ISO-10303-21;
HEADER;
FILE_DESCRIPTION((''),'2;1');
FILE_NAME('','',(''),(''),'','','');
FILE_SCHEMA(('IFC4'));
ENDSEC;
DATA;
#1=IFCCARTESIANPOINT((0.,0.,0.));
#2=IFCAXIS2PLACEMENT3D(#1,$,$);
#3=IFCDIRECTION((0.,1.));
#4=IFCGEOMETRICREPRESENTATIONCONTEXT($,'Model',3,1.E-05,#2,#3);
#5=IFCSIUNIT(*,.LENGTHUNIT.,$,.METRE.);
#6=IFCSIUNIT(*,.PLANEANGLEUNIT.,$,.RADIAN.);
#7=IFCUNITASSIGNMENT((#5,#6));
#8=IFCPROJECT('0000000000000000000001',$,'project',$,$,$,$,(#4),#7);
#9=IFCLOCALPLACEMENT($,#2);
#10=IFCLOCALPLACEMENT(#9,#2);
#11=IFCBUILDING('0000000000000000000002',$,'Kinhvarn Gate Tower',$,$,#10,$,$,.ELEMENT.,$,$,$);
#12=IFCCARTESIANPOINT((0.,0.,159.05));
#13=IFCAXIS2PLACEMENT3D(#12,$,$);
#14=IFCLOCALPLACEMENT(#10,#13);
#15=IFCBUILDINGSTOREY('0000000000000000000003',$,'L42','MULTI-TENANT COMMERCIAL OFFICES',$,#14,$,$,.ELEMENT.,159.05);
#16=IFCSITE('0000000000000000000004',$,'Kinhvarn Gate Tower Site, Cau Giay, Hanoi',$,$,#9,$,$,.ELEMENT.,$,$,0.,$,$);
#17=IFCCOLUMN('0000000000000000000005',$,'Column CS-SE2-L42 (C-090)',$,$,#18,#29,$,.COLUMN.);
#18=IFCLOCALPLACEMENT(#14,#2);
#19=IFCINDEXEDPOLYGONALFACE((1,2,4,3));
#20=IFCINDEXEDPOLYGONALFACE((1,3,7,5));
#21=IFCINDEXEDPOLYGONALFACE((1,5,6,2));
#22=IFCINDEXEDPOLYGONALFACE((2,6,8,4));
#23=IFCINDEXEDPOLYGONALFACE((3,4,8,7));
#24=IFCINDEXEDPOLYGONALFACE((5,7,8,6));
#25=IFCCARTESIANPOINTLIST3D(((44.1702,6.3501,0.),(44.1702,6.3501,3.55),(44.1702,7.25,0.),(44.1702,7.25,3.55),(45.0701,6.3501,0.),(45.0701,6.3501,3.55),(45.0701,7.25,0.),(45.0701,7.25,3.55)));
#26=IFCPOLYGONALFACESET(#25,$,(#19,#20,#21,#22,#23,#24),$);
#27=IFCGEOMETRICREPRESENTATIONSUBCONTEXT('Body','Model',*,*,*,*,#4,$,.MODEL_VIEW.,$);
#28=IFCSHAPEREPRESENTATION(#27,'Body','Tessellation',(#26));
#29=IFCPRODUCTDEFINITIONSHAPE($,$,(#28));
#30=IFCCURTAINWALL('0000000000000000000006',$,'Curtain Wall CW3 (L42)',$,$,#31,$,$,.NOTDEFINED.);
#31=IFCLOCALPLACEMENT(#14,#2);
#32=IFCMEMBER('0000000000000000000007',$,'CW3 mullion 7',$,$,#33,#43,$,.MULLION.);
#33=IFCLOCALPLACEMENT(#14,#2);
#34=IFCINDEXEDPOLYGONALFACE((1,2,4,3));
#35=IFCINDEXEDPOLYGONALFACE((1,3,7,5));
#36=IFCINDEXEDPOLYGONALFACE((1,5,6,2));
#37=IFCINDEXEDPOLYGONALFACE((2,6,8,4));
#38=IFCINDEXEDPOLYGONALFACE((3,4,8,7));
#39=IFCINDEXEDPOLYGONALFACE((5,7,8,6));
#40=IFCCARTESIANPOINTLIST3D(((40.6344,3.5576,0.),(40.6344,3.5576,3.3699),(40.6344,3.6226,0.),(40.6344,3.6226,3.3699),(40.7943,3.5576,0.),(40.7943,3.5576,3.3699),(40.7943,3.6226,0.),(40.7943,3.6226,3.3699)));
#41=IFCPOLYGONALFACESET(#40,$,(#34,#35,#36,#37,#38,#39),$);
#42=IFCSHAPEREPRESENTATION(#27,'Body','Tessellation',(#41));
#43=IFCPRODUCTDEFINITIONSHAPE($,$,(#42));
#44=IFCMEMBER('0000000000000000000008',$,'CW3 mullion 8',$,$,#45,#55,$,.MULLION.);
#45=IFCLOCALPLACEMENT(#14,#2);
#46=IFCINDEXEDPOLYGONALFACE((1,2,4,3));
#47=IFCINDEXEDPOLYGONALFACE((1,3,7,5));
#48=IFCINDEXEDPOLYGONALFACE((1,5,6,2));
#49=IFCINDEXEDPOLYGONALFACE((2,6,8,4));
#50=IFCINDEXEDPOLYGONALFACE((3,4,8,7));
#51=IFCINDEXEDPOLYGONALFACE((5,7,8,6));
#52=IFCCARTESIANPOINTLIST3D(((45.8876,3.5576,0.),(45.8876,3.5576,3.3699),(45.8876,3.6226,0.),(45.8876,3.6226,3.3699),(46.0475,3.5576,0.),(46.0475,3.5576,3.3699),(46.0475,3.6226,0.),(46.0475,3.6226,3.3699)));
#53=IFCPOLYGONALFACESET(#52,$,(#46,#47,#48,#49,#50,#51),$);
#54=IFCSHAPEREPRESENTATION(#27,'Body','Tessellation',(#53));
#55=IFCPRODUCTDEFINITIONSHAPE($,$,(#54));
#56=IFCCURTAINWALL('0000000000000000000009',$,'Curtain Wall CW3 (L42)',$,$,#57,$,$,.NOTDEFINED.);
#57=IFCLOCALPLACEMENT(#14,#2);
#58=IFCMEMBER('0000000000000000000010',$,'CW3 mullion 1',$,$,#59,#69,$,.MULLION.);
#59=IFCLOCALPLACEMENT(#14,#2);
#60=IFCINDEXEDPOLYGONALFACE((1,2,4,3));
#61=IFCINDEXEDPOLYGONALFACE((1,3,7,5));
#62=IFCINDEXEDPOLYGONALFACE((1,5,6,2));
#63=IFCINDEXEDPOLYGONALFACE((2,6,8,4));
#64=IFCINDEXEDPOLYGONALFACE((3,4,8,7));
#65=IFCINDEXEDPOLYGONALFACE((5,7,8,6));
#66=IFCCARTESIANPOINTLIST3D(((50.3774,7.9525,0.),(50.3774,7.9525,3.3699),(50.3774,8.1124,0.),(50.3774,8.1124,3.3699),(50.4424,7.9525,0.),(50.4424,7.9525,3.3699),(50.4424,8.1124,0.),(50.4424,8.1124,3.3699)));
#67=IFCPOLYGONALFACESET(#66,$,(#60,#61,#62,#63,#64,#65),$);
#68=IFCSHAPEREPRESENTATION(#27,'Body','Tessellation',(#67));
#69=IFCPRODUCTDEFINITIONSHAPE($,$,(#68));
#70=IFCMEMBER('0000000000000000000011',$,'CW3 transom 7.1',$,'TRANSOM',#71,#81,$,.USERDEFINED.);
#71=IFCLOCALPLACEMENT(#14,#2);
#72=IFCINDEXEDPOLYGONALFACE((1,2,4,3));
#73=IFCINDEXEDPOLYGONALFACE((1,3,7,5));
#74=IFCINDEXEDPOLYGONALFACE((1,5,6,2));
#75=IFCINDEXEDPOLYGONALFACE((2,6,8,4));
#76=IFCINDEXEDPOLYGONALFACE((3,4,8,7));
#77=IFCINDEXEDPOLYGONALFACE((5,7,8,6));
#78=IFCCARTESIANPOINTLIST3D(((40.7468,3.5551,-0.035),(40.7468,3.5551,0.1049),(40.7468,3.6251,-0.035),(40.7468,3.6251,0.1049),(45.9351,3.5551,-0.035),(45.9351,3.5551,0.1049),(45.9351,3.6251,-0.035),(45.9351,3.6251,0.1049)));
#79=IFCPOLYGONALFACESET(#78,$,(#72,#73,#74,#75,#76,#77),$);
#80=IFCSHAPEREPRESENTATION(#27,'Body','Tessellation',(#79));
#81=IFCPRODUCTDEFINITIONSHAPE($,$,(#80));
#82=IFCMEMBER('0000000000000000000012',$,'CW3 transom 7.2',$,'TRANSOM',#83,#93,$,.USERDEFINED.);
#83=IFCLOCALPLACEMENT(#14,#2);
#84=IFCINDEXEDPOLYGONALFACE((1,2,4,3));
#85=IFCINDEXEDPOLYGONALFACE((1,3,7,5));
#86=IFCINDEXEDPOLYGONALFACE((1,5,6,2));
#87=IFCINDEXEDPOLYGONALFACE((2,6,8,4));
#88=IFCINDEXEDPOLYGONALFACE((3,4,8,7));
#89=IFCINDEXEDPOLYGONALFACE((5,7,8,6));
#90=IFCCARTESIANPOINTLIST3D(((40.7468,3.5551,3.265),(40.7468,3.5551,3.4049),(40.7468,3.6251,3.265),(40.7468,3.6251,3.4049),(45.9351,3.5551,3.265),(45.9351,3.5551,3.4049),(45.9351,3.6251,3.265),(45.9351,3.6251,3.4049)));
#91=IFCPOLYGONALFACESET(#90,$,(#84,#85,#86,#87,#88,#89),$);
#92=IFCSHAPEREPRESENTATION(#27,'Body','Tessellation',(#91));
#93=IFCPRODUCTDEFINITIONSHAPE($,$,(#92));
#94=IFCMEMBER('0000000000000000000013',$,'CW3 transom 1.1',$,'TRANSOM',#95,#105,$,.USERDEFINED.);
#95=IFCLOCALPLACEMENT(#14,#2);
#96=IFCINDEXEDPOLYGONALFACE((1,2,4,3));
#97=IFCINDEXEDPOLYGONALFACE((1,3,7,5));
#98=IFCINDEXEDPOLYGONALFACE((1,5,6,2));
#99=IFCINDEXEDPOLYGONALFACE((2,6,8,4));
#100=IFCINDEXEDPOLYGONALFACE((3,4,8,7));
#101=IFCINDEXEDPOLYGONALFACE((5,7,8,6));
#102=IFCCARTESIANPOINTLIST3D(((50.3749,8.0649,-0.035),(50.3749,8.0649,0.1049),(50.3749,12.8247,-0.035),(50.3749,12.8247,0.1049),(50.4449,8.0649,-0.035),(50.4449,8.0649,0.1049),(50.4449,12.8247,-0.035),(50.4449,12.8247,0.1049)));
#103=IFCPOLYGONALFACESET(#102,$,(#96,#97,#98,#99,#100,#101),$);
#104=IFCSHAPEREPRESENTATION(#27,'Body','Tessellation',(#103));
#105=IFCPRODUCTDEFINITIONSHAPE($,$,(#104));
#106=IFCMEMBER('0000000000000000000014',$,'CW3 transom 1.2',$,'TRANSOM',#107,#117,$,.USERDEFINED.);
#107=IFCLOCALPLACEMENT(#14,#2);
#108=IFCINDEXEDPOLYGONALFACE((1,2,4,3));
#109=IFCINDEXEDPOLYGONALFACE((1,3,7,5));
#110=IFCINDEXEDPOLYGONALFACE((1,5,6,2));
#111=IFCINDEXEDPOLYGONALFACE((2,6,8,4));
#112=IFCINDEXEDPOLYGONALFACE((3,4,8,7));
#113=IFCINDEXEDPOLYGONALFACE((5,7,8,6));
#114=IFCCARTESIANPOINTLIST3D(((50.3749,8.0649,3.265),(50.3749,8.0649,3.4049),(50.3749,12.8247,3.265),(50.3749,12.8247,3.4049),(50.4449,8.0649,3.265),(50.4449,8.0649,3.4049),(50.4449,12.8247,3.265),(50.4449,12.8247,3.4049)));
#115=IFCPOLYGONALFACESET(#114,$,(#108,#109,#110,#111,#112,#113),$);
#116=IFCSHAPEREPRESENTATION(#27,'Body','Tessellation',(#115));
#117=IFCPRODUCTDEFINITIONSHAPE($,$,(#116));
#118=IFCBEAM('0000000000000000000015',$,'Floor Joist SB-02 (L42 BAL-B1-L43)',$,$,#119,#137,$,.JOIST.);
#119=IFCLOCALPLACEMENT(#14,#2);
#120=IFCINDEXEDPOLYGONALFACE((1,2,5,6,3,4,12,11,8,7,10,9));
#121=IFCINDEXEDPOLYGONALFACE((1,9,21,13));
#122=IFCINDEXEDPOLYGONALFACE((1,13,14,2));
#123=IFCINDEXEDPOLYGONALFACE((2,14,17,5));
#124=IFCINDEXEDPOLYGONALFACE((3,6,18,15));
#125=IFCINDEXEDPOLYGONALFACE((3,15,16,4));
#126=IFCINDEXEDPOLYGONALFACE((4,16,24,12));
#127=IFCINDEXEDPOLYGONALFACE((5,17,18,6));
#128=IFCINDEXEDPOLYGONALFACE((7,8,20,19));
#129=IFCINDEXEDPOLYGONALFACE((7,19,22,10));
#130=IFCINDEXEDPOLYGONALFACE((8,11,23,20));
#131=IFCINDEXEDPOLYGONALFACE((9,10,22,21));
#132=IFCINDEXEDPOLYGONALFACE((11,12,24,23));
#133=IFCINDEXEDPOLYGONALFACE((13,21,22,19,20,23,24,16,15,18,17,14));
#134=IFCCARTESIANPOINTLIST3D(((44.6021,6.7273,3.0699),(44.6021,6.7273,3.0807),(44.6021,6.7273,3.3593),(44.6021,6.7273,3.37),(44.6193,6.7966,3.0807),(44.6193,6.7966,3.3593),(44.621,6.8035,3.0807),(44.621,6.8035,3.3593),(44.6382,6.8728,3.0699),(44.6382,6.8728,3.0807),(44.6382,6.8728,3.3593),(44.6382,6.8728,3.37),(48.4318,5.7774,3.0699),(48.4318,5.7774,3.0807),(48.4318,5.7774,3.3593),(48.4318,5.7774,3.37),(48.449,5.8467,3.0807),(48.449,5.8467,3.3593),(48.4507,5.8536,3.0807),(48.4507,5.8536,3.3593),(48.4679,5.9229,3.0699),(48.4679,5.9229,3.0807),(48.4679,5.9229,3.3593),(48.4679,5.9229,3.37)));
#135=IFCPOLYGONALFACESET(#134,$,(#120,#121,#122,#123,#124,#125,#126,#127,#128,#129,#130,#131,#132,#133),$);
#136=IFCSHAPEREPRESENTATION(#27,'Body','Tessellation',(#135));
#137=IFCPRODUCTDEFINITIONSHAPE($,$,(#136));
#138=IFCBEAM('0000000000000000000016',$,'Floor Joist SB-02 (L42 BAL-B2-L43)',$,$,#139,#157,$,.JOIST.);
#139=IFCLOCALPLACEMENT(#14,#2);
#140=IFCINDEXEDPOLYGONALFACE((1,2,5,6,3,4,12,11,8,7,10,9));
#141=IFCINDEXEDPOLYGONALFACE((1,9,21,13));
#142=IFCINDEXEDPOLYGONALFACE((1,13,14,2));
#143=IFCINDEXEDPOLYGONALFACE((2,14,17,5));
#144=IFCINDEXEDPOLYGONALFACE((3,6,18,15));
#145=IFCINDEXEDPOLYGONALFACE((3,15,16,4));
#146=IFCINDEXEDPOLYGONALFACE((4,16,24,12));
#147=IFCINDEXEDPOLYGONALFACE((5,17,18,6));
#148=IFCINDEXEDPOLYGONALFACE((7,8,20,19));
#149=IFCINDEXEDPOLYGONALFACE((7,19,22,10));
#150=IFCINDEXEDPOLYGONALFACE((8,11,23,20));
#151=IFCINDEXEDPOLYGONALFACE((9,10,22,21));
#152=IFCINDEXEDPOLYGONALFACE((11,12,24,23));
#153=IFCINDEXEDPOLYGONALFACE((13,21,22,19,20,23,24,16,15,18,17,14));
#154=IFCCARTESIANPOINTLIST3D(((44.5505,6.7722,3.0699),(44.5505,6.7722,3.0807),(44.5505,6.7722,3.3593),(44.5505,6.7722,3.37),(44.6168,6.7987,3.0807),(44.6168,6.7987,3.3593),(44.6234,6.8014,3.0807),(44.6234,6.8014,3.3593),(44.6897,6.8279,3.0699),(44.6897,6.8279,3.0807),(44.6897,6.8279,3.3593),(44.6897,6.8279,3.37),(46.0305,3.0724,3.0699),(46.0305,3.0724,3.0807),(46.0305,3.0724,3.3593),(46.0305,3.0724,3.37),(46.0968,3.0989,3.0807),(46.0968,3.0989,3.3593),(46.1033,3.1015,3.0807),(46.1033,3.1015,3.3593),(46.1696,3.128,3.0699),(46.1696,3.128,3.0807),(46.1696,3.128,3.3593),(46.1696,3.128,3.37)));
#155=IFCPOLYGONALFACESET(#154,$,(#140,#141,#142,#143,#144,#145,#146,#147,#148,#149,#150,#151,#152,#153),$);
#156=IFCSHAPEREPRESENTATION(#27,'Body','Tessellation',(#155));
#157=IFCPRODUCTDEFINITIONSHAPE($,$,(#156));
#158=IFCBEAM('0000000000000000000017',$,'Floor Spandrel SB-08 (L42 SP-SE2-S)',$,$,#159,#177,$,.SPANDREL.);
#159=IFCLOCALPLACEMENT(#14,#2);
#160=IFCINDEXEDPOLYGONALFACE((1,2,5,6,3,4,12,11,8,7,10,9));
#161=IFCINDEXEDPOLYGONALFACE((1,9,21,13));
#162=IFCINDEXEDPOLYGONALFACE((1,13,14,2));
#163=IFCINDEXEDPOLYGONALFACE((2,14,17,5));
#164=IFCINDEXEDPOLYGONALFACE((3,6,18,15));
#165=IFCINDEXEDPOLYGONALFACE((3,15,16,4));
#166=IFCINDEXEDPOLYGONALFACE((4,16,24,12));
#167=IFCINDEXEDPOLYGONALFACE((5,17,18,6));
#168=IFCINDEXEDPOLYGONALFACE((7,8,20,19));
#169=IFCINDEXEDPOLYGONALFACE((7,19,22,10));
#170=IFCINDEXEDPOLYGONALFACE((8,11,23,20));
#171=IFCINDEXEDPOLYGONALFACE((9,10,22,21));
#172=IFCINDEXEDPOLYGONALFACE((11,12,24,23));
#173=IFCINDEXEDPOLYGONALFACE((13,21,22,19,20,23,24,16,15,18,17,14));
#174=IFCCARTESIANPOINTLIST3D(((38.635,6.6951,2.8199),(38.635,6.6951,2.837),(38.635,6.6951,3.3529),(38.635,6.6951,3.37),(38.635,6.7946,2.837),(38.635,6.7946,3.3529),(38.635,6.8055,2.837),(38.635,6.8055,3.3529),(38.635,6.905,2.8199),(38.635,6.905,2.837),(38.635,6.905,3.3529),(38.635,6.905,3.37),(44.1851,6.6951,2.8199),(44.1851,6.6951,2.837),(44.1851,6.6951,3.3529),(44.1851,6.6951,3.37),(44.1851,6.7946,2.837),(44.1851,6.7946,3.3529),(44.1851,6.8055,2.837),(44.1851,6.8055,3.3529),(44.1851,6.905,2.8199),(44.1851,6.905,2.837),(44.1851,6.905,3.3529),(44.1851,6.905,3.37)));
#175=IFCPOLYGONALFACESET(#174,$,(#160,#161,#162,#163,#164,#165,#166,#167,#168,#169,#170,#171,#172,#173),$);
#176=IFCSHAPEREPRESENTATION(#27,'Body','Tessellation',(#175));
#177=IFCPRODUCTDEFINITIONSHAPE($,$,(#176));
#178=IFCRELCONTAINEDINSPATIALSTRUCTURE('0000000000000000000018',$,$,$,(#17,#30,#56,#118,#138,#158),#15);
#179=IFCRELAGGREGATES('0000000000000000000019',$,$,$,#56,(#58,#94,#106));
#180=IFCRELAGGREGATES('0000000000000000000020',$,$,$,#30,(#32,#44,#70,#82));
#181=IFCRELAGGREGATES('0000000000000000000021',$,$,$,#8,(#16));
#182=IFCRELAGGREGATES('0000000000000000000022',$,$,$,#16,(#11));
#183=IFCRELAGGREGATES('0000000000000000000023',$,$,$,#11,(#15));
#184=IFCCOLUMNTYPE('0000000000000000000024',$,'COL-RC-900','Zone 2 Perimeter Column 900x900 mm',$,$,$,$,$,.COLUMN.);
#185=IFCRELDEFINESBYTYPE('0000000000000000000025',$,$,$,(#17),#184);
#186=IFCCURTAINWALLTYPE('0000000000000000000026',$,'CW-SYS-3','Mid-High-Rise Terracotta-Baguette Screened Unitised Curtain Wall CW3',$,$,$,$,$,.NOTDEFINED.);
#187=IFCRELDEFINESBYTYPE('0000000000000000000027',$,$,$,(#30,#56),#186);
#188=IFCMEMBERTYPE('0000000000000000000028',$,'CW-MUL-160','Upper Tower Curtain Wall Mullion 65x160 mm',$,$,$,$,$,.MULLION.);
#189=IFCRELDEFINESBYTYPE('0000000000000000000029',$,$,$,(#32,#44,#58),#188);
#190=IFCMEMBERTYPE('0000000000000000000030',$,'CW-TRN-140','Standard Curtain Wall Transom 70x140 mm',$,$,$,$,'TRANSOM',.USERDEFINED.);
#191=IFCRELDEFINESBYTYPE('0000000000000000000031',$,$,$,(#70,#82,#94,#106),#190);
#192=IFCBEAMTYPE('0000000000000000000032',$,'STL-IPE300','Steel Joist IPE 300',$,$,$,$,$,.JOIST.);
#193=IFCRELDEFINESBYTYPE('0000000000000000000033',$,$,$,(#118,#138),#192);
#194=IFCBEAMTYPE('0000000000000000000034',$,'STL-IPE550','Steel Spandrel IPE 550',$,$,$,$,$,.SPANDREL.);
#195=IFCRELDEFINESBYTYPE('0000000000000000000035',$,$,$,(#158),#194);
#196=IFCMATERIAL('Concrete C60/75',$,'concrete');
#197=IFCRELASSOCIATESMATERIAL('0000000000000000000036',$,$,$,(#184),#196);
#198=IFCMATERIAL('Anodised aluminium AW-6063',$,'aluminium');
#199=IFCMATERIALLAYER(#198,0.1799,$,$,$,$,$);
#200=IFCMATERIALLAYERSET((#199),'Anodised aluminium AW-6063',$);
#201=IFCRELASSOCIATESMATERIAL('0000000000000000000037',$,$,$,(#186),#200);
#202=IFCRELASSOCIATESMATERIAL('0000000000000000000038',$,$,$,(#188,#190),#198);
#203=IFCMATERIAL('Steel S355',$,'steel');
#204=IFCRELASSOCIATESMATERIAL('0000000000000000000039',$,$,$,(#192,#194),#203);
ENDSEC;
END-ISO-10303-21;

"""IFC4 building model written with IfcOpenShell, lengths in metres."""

from ifc_helpers import new_model, si_unit, direction, frame, origin, origin_2d, place, context, subcontext, project, spatial, rectangle, i_section, extrude, material, layer, layer_set, material_profile, profile_set, type_object, element, aggregate, save


model = new_model("IFC4")

# Units and contexts
model_context = context("Model", 3, precision=1e-05, world=origin(), true_north=direction((0.0, 1.0)))
body_context = subcontext(model_context, "Body", "Model", "MODEL_VIEW")
ifc_project = project(units=[si_unit("LENGTHUNIT", "METRE"), si_unit("PLANEANGLEUNIT", "RADIAN")], contexts=[model_context])

# Site, building, storey
site_placement = place(None, origin())
site = spatial("IfcSite", under=ifc_project, at=site_placement, Name="Kinhvarn Gate Tower Site, Cau Giay, Hanoi", CompositionType="ELEMENT", RefElevation=0.0)
building_placement = place(site_placement, origin())
building = spatial("IfcBuilding", under=site, at=building_placement, Name="Kinhvarn Gate Tower", CompositionType="ELEMENT")
storey_placement = place(building_placement, frame((0.0, 0.0, 159.05)))
storey = spatial("IfcBuildingStorey", under=building, at=storey_placement, Name="L42", Description="MULTI-TENANT COMMERCIAL OFFICES", CompositionType="ELEMENT", Elevation=159.05)

# Column
ifc_material_1 = material(Name="Concrete C60/75", Category="concrete")
ifc_material_profile_1 = material_profile(ifc_material_1, rectangle(XDim=0.8999, YDim=0.8999, at=origin_2d()), Name="RC 900x900")
ifc_profile_set_1 = profile_set([ifc_material_profile_1], Name="Concrete C60/75")
column_type = type_object("IfcColumnType", Name="COL-RC-900", Description="Zone 2 Perimeter Column 900x900 mm", PredefinedType="COLUMN", material=ifc_profile_set_1)
column_placement = place(storey_placement, frame((44.6201, 6.8, 0.0), z_axis=(0.0, 0.0, 1.0), x_axis=(1.0, 0.0, 0.0)))
element("IfcColumn", 1, at=column_placement, inside=storey, type_object=column_type, Name="Column CS-SE2-L42 (C-090)", PredefinedType="COLUMN", context=body_context, shape_type="SweptSolid", body=[
    extrude(rectangle(XDim=0.8999, YDim=0.8999, at=origin_2d()), origin(), (0.0, 0.0, 1.0), 3.55),
])

# Curtain wall, members
ifc_material_2 = material(Name="Anodised aluminium AW-6063", Category="aluminium")
ifc_layer_1 = layer(ifc_material_2, 0.1799)
ifc_layer_set_1 = layer_set([ifc_layer_1], Name="Anodised aluminium AW-6063")
curtain_wall_type = type_object("IfcCurtainWallType", Name="CW-SYS-3", Description="Mid-High-Rise Terracotta-Baguette Screened Unitised Curtain Wall CW3", PredefinedType="NOTDEFINED", material=ifc_layer_set_1)
curtain_wall_1_placement = place(storey_placement, origin())
curtain_wall_1 = element("IfcCurtainWall", 2, at=curtain_wall_1_placement, inside=storey, type_object=curtain_wall_type, Name="Curtain Wall CW3 (L42)", PredefinedType="NOTDEFINED")
ifc_material_profile_2 = material_profile(ifc_material_2, rectangle(XDim=0.0649, YDim=0.1599, at=origin_2d()), Name="ALU 65x160")
ifc_profile_set_2 = profile_set([ifc_material_profile_2], Name="Anodised aluminium AW-6063")
member_type_1 = type_object("IfcMemberType", Name="CW-MUL-160", Description="Upper Tower Curtain Wall Mullion 65x160 mm", PredefinedType="MULLION", material=ifc_profile_set_2)
member_1_placement = place(storey_placement, frame((40.7144, 3.5901, 0.0), z_axis=(0.0, 0.0, 1.0), x_axis=(0.0, 1.0, 0.0)))
member_1 = element("IfcMember", 3, at=member_1_placement, type_object=member_type_1, Name="CW3 mullion 7", PredefinedType="MULLION", context=body_context, shape_type="SweptSolid", body=[
    extrude(rectangle(XDim=0.0649, YDim=0.1599, at=origin_2d()), origin(), (0.0, 0.0, 1.0), 3.3699),
])
member_2_placement = place(storey_placement, frame((45.9675, 3.5901, 0.0), z_axis=(0.0, 0.0, 1.0), x_axis=(0.0, 1.0, 0.0)))
member_2 = element("IfcMember", 4, at=member_2_placement, type_object=member_type_1, Name="CW3 mullion 8", PredefinedType="MULLION", context=body_context, shape_type="SweptSolid", body=[
    extrude(rectangle(XDim=0.0649, YDim=0.1599, at=origin_2d()), origin(), (0.0, 0.0, 1.0), 3.3699),
])

# Curtain wall, member
curtain_wall_2_placement = place(storey_placement, origin())
curtain_wall_2 = element("IfcCurtainWall", 5, at=curtain_wall_2_placement, inside=storey, type_object=curtain_wall_type, Name="Curtain Wall CW3 (L42)", PredefinedType="NOTDEFINED")
member_3_placement = place(storey_placement, frame((50.4099, 8.0325, 0.0), z_axis=(0.0, 0.0, 1.0), x_axis=(-1.0, 0.0, 0.0)))
member_3 = element("IfcMember", 6, at=member_3_placement, type_object=member_type_1, Name="CW3 mullion 1", PredefinedType="MULLION", context=body_context, shape_type="SweptSolid", body=[
    extrude(rectangle(XDim=0.0649, YDim=0.1599, at=origin_2d()), origin(), (0.0, 0.0, 1.0), 3.3699),
])

# Members
ifc_material_profile_3 = material_profile(ifc_material_2, rectangle(XDim=0.0701, YDim=0.1399, at=origin_2d()), Name="ALU 70x140")
ifc_profile_set_3 = profile_set([ifc_material_profile_3], Name="Anodised aluminium AW-6063")
member_type_2 = type_object("IfcMemberType", Name="CW-TRN-140", Description="Standard Curtain Wall Transom 70x140 mm", ElementType="TRANSOM", PredefinedType="USERDEFINED", material=ifc_profile_set_3)
member_4_placement = place(storey_placement, frame((40.7468, 3.5901, 0.0349), z_axis=(1.0, 0.0, 0.0), x_axis=(0.0, 1.0, 0.0)))
member_4 = element("IfcMember", 7, at=member_4_placement, type_object=member_type_2, Name="CW3 transom 7.1", ObjectType="TRANSOM", PredefinedType="USERDEFINED", context=body_context, shape_type="SweptSolid", body=[
    extrude(rectangle(XDim=0.0701, YDim=0.1399, at=origin_2d()), origin(), (0.0, 0.0, 1.0), 5.1882),
])
member_5_placement = place(storey_placement, frame((40.7468, 3.5901, 3.335), z_axis=(1.0, 0.0, 0.0), x_axis=(0.0, 1.0, 0.0)))
member_5 = element("IfcMember", 8, at=member_5_placement, type_object=member_type_2, Name="CW3 transom 7.2", ObjectType="TRANSOM", PredefinedType="USERDEFINED", context=body_context, shape_type="SweptSolid", body=[
    extrude(rectangle(XDim=0.0701, YDim=0.1399, at=origin_2d()), origin(), (0.0, 0.0, 1.0), 5.1882),
])
member_6_placement = place(storey_placement, frame((50.4099, 8.0649, 0.0349), z_axis=(0.0, 1.0, 0.0), x_axis=(-1.0, 0.0, 0.0)))
member_6 = element("IfcMember", 9, at=member_6_placement, type_object=member_type_2, Name="CW3 transom 1.1", ObjectType="TRANSOM", PredefinedType="USERDEFINED", context=body_context, shape_type="SweptSolid", body=[
    extrude(rectangle(XDim=0.0701, YDim=0.1399, at=origin_2d()), origin(), (0.0, 0.0, 1.0), 4.7598),
])
member_7_placement = place(storey_placement, frame((50.4099, 8.0649, 3.335), z_axis=(0.0, 1.0, 0.0), x_axis=(-1.0, 0.0, 0.0)))
member_7 = element("IfcMember", 10, at=member_7_placement, type_object=member_type_2, Name="CW3 transom 1.2", ObjectType="TRANSOM", PredefinedType="USERDEFINED", context=body_context, shape_type="SweptSolid", body=[
    extrude(rectangle(XDim=0.0701, YDim=0.1399, at=origin_2d()), origin(), (0.0, 0.0, 1.0), 4.7598),
])
aggregate(curtain_wall_2, [member_3, member_6, member_7])

# Beams
ifc_material_3 = material(Name="Steel S355", Category="steel")
ifc_material_profile_4 = material_profile(ifc_material_3, i_section(OverallWidth=0.1499, OverallDepth=0.3, WebThickness=0.0071, FlangeThickness=0.0107, at=origin_2d()), Name="IPE 300")
ifc_profile_set_4 = profile_set([ifc_material_profile_4], Name="Steel S355")
beam_type_1 = type_object("IfcBeamType", Name="STL-IPE300", Description="Steel Joist IPE 300", PredefinedType="JOIST", material=ifc_profile_set_4)
beam_1_placement = place(storey_placement, frame((44.6201, 6.8, 3.22), z_axis=(0.970589, -0.240745, 0.0), x_axis=(0.240745, 0.970589, 0.0)))
element("IfcBeam", 11, at=beam_1_placement, inside=storey, type_object=beam_type_1, Name="Floor Joist SB-02 (L42 BAL-B1-L43)", PredefinedType="JOIST", context=body_context, shape_type="SweptSolid", body=[
    extrude(i_section(OverallWidth=0.1499, OverallDepth=0.3, WebThickness=0.0071, FlangeThickness=0.0107, at=origin_2d()), origin(), (0.0, 0.0, 1.0), 3.9458),
])
beam_2_placement = place(storey_placement, frame((44.6201, 6.8, 3.22), z_axis=(0.371391, -0.928477, 0.0), x_axis=(0.928477, 0.371391, 0.0)))
element("IfcBeam", 12, at=beam_2_placement, inside=storey, type_object=beam_type_1, Name="Floor Joist SB-02 (L42 BAL-B2-L43)", PredefinedType="JOIST", context=body_context, shape_type="SweptSolid", body=[
    extrude(i_section(OverallWidth=0.1499, OverallDepth=0.3, WebThickness=0.0071, FlangeThickness=0.0107, at=origin_2d()), origin(), (0.0, 0.0, 1.0), 3.9849),
])
ifc_material_profile_5 = material_profile(ifc_material_3, i_section(OverallWidth=0.21, OverallDepth=0.55, WebThickness=0.011, FlangeThickness=0.0171, at=origin_2d()), Name="IPE 550")
ifc_profile_set_5 = profile_set([ifc_material_profile_5], Name="Steel S355")
beam_type_2 = type_object("IfcBeamType", Name="STL-IPE550", Description="Steel Spandrel IPE 550", PredefinedType="SPANDREL", material=ifc_profile_set_5)
beam_3_placement = place(storey_placement, frame((38.635, 6.8, 3.095), z_axis=(1.0, 0.0, 0.0), x_axis=(0.0, 1.0, 0.0)))
element("IfcBeam", 13, at=beam_3_placement, inside=storey, type_object=beam_type_2, Name="Floor Spandrel SB-08 (L42 SP-SE2-S)", PredefinedType="SPANDREL", context=body_context, shape_type="SweptSolid", body=[
    extrude(i_section(OverallWidth=0.21, OverallDepth=0.55, WebThickness=0.011, FlangeThickness=0.0171, at=origin_2d()), origin(), (0.0, 0.0, 1.0), 5.55),
])

aggregate(curtain_wall_1, [member_1, member_2, member_4, member_5])

save(model, "model.ifc")
